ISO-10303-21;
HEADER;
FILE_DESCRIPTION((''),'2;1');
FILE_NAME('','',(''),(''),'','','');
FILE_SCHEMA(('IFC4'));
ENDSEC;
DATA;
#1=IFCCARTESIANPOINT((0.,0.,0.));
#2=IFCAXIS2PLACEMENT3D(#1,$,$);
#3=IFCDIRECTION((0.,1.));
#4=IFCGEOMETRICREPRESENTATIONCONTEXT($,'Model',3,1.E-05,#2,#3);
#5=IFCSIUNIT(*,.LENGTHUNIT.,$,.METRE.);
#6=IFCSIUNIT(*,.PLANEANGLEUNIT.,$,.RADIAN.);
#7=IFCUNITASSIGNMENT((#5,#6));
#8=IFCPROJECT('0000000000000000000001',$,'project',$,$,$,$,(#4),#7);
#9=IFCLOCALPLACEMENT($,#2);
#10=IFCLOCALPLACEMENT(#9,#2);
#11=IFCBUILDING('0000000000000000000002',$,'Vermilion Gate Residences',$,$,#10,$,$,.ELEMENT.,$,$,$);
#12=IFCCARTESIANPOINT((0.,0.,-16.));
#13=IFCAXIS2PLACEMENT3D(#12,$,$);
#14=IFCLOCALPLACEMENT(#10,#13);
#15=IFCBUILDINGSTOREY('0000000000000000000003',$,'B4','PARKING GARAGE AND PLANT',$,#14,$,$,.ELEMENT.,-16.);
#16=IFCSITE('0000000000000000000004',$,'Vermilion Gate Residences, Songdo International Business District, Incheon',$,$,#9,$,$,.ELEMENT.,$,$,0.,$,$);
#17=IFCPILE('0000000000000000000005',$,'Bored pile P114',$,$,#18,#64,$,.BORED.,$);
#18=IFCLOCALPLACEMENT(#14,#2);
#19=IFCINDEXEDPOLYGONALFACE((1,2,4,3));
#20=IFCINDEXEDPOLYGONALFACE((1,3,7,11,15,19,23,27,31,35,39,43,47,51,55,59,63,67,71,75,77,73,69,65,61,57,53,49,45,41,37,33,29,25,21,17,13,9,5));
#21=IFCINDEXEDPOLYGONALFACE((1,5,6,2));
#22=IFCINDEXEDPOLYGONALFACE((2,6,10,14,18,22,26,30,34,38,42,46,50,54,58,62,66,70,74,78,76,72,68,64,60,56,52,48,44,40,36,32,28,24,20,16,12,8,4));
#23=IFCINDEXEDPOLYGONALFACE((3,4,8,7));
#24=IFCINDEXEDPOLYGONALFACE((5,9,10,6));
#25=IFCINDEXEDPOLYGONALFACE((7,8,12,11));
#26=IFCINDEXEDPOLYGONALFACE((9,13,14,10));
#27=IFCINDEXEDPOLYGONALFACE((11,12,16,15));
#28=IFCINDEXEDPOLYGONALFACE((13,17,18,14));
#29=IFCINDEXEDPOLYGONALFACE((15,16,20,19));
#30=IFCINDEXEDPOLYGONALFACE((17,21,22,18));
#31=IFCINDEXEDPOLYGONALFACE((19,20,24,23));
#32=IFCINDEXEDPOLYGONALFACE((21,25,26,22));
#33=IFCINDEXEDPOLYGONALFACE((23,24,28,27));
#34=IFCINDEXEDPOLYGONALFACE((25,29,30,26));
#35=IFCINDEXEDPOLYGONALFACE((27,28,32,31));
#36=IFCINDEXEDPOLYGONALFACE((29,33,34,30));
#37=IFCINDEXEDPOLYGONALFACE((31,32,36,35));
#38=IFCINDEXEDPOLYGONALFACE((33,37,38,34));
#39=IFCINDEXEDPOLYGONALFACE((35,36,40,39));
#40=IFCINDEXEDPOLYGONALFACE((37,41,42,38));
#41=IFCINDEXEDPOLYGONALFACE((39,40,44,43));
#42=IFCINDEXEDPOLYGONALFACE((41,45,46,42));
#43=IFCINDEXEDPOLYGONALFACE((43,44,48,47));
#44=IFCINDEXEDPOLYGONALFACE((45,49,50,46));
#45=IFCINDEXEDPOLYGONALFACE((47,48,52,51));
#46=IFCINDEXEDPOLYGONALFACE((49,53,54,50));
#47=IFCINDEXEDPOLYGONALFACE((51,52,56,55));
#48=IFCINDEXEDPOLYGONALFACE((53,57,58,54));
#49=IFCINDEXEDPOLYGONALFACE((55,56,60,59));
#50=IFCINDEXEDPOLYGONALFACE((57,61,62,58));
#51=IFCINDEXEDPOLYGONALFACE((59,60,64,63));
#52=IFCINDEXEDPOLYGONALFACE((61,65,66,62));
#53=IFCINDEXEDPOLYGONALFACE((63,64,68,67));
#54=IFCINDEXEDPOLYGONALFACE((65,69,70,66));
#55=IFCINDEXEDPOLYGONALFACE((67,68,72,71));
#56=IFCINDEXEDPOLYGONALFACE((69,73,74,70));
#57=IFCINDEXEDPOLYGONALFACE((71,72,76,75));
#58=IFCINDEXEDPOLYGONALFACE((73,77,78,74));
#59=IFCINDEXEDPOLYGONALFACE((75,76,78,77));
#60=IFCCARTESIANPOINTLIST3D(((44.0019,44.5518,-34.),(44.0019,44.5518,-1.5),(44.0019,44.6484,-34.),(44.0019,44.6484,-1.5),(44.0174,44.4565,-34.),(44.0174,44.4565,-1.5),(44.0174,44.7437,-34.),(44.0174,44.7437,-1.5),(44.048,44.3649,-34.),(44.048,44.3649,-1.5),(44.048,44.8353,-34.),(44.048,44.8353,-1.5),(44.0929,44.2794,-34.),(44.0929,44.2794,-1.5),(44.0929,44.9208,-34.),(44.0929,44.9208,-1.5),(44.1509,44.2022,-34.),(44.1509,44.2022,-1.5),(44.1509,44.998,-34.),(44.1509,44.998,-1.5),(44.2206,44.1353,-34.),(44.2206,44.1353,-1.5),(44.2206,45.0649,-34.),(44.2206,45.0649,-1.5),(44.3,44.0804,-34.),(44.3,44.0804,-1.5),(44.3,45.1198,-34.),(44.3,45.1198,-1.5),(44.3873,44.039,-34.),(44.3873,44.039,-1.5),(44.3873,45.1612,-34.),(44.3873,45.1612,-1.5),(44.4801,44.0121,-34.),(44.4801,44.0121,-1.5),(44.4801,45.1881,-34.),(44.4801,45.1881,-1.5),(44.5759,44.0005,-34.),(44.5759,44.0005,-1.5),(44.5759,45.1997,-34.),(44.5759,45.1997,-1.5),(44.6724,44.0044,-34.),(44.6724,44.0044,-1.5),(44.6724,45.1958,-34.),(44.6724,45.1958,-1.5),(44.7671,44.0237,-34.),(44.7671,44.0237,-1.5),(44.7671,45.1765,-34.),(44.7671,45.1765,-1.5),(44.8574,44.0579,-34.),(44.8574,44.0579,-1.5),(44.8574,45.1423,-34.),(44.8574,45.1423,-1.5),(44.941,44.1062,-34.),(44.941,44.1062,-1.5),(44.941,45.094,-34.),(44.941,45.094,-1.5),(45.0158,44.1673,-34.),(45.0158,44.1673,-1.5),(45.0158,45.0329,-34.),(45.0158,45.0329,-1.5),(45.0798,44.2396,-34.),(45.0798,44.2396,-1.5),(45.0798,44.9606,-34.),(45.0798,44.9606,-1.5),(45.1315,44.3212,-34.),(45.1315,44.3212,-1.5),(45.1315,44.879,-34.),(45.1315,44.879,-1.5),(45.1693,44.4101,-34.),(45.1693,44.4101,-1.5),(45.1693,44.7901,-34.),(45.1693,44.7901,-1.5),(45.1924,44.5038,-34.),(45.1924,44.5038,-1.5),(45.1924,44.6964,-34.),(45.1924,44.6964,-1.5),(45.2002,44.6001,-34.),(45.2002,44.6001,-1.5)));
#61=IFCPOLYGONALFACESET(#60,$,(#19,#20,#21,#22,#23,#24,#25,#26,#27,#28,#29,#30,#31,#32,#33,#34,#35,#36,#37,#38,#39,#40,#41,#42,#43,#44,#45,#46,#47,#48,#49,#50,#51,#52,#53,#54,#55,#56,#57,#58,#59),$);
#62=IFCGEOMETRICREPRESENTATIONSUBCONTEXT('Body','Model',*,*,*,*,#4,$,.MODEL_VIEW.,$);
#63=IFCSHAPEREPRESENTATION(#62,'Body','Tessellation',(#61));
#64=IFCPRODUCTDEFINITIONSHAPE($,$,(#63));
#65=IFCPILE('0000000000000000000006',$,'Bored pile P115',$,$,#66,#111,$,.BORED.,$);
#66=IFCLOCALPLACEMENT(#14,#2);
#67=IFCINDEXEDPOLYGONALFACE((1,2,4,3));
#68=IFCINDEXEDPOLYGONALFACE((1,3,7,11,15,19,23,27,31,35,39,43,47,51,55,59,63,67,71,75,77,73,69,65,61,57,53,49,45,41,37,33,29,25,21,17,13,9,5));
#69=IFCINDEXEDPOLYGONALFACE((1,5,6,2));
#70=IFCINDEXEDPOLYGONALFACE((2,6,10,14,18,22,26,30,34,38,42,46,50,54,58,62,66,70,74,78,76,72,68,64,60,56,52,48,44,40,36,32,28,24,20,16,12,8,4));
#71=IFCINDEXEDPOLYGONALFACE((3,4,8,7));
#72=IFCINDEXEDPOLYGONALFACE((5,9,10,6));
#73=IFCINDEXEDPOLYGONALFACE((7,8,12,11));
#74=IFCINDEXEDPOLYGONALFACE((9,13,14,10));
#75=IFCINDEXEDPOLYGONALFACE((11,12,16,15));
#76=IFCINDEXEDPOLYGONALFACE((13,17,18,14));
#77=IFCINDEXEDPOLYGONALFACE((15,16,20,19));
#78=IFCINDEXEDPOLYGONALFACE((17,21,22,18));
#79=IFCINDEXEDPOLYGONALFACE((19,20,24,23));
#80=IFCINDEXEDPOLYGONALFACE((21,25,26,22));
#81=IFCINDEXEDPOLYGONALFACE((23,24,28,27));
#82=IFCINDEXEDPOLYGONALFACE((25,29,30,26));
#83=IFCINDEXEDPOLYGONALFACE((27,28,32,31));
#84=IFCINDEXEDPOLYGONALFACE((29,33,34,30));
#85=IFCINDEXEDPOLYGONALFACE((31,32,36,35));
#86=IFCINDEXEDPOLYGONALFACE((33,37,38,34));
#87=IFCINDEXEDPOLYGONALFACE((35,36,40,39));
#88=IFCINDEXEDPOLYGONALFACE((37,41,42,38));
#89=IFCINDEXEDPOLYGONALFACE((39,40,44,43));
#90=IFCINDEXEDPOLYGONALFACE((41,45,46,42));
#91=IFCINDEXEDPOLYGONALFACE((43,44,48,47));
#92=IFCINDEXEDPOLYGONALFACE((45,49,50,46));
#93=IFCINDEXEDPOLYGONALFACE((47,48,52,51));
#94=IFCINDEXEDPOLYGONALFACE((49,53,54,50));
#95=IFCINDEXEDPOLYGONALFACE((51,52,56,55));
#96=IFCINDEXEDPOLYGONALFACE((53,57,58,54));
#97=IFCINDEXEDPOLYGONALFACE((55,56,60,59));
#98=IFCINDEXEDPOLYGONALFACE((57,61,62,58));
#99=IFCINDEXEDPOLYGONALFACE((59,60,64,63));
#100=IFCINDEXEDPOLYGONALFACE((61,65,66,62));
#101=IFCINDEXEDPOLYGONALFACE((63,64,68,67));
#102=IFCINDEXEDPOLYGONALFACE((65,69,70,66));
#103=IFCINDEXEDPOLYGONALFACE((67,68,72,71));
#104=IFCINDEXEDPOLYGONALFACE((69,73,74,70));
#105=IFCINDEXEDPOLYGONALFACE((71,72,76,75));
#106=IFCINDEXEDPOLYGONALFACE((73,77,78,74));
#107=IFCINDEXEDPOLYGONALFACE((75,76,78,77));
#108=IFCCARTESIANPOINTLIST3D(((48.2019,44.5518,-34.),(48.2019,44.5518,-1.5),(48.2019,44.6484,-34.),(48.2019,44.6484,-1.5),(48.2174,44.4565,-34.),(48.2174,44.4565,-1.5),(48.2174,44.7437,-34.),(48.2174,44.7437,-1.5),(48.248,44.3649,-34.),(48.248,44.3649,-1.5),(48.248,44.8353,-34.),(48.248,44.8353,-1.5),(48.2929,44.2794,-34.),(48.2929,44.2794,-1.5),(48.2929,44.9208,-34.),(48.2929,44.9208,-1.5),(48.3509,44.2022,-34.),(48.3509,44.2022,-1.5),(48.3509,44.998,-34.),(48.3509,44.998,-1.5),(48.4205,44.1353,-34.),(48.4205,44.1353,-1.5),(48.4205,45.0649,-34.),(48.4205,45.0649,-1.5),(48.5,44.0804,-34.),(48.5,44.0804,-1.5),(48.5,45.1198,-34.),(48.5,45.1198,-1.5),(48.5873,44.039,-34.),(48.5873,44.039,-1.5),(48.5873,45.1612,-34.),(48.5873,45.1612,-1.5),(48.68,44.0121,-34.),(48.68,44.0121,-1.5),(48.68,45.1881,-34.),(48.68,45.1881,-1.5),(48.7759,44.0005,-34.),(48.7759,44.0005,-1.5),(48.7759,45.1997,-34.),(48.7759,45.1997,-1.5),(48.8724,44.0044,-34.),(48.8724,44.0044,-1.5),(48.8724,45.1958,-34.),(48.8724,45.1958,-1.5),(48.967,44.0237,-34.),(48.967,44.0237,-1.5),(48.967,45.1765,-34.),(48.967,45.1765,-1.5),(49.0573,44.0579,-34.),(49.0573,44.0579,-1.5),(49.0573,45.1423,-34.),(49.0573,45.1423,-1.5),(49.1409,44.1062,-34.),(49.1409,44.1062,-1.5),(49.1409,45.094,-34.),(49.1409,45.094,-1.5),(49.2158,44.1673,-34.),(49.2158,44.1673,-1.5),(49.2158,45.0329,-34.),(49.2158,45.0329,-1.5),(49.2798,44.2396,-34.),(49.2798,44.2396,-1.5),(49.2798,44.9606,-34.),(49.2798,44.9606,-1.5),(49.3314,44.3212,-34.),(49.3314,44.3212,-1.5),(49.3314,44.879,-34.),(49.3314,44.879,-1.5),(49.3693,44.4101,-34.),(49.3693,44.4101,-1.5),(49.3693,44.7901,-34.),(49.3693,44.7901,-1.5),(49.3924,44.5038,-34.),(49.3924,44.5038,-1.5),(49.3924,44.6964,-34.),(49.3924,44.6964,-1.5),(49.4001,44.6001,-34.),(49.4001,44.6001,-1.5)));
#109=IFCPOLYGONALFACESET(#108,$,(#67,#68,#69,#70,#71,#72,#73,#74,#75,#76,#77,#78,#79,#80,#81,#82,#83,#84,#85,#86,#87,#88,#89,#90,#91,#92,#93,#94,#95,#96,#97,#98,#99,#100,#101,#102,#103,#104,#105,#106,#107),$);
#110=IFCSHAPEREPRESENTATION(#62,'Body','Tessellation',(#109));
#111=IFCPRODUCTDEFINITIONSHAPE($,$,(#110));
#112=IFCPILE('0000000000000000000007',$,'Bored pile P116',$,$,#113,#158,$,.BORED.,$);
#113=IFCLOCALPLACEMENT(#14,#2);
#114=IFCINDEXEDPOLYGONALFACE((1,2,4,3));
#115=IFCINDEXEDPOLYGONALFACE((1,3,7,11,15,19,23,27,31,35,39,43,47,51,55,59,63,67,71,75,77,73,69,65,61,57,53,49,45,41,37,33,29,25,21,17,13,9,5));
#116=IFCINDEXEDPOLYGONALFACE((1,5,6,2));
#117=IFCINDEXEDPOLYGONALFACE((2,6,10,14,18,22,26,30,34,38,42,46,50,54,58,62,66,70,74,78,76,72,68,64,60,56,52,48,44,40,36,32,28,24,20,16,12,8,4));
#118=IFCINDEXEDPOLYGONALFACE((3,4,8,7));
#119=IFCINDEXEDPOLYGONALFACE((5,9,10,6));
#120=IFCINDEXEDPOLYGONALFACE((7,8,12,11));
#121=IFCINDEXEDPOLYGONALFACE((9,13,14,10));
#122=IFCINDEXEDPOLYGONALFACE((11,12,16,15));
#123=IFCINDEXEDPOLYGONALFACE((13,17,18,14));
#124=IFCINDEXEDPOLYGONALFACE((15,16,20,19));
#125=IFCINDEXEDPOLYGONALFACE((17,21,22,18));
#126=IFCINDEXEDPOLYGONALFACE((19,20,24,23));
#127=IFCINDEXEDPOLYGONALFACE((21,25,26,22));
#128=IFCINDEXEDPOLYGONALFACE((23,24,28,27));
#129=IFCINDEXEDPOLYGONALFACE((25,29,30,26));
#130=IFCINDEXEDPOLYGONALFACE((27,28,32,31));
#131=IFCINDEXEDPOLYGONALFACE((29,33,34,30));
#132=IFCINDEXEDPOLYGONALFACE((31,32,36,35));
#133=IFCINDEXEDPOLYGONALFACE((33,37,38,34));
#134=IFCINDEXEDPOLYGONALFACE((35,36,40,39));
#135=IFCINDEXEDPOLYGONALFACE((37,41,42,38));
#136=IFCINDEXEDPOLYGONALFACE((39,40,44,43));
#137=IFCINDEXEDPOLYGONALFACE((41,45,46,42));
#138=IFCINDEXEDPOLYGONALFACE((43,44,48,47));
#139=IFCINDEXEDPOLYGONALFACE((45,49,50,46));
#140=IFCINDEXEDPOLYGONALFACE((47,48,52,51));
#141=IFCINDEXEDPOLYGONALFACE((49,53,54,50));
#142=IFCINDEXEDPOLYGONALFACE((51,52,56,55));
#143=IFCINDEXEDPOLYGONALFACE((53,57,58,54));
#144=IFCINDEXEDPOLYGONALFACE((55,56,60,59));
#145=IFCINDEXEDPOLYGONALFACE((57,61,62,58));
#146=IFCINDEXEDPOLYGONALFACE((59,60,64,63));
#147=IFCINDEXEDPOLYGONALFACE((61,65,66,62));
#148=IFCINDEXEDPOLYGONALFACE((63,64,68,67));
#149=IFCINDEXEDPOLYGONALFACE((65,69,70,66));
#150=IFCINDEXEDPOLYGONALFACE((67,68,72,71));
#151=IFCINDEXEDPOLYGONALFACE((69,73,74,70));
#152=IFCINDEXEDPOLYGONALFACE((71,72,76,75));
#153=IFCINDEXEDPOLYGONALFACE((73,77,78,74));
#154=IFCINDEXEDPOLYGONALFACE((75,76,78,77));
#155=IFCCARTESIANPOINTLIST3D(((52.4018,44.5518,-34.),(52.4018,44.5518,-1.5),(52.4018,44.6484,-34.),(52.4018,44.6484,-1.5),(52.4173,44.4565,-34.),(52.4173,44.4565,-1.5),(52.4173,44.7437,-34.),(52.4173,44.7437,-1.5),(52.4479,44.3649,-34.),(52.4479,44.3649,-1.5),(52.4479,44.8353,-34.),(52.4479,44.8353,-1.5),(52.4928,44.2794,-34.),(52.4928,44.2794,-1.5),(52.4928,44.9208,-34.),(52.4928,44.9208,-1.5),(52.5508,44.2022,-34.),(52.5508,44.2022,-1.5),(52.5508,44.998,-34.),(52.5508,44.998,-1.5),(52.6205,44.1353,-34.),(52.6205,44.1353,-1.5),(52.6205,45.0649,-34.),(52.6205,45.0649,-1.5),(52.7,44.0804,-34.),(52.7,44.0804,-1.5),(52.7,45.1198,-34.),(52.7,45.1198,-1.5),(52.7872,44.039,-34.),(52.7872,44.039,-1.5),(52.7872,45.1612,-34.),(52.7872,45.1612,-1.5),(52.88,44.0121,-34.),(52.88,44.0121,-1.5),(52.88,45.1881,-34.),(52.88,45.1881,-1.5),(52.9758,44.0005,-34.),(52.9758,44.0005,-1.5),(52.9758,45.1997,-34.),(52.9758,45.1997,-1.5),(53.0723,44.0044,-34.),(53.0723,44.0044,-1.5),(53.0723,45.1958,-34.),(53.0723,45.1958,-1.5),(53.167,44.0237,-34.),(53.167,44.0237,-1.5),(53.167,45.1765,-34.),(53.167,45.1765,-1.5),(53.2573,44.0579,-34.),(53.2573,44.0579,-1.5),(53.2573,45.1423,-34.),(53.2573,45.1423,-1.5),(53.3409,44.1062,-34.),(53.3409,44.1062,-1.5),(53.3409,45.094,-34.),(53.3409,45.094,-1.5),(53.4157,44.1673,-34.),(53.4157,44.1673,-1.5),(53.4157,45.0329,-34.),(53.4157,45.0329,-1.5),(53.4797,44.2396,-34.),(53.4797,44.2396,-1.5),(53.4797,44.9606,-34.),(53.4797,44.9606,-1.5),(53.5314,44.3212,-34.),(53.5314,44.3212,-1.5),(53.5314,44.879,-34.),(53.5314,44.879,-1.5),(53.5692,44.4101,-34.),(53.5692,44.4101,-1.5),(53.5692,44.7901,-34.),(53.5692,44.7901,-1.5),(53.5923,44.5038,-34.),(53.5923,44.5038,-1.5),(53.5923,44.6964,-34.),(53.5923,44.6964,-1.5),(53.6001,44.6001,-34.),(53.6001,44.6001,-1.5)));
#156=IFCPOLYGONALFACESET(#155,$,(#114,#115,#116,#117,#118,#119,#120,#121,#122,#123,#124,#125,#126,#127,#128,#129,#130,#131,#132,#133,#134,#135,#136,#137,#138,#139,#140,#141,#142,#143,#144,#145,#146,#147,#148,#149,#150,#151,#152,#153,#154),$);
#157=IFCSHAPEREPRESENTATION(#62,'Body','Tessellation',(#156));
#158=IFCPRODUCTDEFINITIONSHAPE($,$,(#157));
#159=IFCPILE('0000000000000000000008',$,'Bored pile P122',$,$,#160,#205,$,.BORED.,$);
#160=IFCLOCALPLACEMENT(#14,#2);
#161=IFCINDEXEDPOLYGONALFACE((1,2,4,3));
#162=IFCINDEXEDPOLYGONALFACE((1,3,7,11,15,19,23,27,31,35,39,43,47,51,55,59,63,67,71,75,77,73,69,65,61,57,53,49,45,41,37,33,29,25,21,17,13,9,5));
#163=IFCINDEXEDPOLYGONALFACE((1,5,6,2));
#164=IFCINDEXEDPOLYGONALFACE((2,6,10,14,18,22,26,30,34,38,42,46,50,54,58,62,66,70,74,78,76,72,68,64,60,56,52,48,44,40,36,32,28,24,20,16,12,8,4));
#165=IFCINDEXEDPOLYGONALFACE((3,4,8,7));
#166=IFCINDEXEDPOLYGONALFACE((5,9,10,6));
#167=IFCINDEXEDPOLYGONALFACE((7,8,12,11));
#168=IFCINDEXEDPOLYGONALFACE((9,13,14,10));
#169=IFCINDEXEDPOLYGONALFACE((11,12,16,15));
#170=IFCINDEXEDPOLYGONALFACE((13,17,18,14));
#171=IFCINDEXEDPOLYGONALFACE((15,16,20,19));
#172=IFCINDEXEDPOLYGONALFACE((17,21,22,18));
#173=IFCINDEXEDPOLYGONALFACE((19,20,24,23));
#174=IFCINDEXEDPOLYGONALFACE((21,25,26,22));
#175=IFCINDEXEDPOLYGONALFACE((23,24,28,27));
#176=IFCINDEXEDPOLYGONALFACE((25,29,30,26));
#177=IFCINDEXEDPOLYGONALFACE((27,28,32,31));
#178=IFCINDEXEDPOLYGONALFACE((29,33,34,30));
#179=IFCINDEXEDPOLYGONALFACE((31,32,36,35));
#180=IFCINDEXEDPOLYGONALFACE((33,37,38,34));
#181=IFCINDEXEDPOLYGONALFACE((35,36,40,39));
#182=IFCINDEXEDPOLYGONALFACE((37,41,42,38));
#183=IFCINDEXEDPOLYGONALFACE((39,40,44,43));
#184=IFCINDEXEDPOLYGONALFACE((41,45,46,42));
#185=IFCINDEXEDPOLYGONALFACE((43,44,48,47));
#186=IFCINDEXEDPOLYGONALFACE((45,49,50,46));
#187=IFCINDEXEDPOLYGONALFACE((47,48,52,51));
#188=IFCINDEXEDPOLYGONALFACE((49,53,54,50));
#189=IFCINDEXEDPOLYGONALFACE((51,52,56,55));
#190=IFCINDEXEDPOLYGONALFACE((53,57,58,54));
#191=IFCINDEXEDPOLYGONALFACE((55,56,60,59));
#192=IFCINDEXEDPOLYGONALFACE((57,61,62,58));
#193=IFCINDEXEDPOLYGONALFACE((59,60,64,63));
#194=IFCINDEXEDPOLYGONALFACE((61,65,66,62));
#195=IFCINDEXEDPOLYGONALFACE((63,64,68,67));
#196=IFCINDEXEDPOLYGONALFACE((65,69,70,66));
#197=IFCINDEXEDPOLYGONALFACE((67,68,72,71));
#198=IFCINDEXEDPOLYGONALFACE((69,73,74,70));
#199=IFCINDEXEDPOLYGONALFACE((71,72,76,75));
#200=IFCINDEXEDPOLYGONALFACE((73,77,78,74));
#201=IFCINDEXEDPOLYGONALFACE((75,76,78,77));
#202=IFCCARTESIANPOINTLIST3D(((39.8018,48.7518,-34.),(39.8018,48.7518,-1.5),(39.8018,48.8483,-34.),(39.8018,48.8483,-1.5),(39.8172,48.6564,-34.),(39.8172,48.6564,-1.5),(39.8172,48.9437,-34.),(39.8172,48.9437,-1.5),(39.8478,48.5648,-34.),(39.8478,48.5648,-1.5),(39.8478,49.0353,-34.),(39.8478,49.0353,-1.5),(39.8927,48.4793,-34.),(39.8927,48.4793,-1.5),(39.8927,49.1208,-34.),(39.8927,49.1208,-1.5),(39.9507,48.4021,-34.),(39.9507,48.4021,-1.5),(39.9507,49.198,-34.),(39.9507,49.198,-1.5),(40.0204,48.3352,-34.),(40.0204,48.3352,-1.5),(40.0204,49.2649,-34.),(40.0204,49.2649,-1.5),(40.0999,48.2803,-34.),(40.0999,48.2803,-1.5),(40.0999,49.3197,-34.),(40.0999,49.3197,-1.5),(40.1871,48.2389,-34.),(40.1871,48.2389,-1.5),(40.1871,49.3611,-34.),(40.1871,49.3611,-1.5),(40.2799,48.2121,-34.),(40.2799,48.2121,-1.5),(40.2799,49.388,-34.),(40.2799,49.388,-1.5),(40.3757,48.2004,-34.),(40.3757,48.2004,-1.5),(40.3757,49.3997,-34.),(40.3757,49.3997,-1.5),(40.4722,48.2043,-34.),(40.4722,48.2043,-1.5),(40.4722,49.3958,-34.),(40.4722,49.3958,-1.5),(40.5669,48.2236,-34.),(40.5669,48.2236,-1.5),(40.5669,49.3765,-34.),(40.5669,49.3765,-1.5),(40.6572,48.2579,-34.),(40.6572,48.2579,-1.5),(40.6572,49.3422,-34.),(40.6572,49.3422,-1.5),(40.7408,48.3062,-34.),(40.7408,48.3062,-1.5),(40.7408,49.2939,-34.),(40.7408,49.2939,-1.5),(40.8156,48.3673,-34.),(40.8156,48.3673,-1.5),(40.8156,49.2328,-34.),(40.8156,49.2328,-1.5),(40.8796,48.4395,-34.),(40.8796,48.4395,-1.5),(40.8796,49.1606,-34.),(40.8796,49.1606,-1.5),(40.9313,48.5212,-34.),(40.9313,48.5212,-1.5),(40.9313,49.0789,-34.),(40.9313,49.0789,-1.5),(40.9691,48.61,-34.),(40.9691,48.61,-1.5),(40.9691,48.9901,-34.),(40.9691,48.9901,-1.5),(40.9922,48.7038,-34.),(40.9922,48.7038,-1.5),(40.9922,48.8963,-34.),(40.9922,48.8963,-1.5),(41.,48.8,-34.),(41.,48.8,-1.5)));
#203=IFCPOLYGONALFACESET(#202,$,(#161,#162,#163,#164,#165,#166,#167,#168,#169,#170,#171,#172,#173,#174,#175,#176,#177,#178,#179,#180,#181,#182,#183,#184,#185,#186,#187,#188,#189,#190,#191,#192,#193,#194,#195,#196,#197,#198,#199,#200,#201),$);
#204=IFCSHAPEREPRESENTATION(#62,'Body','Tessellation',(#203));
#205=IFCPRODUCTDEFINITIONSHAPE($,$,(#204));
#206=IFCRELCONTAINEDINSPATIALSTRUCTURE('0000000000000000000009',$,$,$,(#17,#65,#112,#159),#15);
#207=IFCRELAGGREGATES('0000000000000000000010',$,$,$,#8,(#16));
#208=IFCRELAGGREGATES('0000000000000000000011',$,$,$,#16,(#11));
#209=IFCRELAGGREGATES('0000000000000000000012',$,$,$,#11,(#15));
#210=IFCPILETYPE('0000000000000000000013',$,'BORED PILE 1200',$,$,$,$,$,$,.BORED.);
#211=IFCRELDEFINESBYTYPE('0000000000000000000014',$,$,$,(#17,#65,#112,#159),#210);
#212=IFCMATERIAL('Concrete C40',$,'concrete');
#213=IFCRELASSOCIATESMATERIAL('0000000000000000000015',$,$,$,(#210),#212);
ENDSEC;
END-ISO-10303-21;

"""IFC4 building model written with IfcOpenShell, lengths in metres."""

from ifc_helpers import new_model, si_unit, direction, frame, origin, origin_2d, place, context, subcontext, project, spatial, circle, extrude, material, material_profile, profile_set, type_object, element, save


model = new_model("IFC4")

# Units and contexts
model_context = context("Model", 3, precision=1e-05, world=origin(), true_north=direction((0.0, 1.0)))
body_context = subcontext(model_context, "Body", "Model", "MODEL_VIEW")
ifc_project = project(units=[si_unit("LENGTHUNIT", "METRE"), si_unit("PLANEANGLEUNIT", "RADIAN")], contexts=[model_context])

# Site, building, storey
site_placement = place(None, origin())
site = spatial("IfcSite", under=ifc_project, at=site_placement, Name="Vermilion Gate Residences, Songdo International Business District, Incheon", CompositionType="ELEMENT", RefElevation=0.0)
building_placement = place(site_placement, origin())
building = spatial("IfcBuilding", under=site, at=building_placement, Name="Vermilion Gate Residences", CompositionType="ELEMENT")
storey_placement = place(building_placement, frame((0.0, 0.0, -16.0)))
storey = spatial("IfcBuildingStorey", under=building, at=storey_placement, Name="B4", Description="PARKING GARAGE AND PLANT", CompositionType="ELEMENT", Elevation=-16.0)

# Piles
ifc_material_1 = material(Name="Concrete C40", Category="concrete")
ifc_material_profile_1 = material_profile(ifc_material_1, circle(Radius=0.6001, at=origin_2d()), Name="BORED PILE 1200")
ifc_profile_set_1 = profile_set([ifc_material_profile_1], Name="Concrete C40")
pile_type = type_object("IfcPileType", Name="BORED PILE 1200", PredefinedType="BORED", material=ifc_profile_set_1)
for number, where, z_axis, x_axis, name in (
    (1, (44.6001, 44.6001, -1.5), (0.0, 0.0, -1.0), (1.0, 0.0, 0.0), "Bored pile P114"),
    (2, (48.8, 44.6001, -1.5), (0.0, 0.0, -1.0), (1.0, 0.0, 0.0), "Bored pile P115"),
    (3, (53.0, 44.6001, -1.5), (0.0, 0.0, -1.0), (1.0, 0.0, 0.0), "Bored pile P116"),
    (4, (40.3999, 48.8, -1.5), (0.0, 0.0, -1.0), (1.0, 0.0, 0.0), "Bored pile P122"),
):
    element("IfcPile", number, at=place(storey_placement, frame(where, z_axis=z_axis, x_axis=x_axis)), inside=storey, type_object=pile_type, Name=name, PredefinedType="BORED", context=body_context, shape_type="SweptSolid", body=[
        extrude(circle(Radius=0.6001, at=origin_2d()), origin(), (0.0, 0.0, 1.0), 32.5),
    ])

save(model, "model.ifc")
